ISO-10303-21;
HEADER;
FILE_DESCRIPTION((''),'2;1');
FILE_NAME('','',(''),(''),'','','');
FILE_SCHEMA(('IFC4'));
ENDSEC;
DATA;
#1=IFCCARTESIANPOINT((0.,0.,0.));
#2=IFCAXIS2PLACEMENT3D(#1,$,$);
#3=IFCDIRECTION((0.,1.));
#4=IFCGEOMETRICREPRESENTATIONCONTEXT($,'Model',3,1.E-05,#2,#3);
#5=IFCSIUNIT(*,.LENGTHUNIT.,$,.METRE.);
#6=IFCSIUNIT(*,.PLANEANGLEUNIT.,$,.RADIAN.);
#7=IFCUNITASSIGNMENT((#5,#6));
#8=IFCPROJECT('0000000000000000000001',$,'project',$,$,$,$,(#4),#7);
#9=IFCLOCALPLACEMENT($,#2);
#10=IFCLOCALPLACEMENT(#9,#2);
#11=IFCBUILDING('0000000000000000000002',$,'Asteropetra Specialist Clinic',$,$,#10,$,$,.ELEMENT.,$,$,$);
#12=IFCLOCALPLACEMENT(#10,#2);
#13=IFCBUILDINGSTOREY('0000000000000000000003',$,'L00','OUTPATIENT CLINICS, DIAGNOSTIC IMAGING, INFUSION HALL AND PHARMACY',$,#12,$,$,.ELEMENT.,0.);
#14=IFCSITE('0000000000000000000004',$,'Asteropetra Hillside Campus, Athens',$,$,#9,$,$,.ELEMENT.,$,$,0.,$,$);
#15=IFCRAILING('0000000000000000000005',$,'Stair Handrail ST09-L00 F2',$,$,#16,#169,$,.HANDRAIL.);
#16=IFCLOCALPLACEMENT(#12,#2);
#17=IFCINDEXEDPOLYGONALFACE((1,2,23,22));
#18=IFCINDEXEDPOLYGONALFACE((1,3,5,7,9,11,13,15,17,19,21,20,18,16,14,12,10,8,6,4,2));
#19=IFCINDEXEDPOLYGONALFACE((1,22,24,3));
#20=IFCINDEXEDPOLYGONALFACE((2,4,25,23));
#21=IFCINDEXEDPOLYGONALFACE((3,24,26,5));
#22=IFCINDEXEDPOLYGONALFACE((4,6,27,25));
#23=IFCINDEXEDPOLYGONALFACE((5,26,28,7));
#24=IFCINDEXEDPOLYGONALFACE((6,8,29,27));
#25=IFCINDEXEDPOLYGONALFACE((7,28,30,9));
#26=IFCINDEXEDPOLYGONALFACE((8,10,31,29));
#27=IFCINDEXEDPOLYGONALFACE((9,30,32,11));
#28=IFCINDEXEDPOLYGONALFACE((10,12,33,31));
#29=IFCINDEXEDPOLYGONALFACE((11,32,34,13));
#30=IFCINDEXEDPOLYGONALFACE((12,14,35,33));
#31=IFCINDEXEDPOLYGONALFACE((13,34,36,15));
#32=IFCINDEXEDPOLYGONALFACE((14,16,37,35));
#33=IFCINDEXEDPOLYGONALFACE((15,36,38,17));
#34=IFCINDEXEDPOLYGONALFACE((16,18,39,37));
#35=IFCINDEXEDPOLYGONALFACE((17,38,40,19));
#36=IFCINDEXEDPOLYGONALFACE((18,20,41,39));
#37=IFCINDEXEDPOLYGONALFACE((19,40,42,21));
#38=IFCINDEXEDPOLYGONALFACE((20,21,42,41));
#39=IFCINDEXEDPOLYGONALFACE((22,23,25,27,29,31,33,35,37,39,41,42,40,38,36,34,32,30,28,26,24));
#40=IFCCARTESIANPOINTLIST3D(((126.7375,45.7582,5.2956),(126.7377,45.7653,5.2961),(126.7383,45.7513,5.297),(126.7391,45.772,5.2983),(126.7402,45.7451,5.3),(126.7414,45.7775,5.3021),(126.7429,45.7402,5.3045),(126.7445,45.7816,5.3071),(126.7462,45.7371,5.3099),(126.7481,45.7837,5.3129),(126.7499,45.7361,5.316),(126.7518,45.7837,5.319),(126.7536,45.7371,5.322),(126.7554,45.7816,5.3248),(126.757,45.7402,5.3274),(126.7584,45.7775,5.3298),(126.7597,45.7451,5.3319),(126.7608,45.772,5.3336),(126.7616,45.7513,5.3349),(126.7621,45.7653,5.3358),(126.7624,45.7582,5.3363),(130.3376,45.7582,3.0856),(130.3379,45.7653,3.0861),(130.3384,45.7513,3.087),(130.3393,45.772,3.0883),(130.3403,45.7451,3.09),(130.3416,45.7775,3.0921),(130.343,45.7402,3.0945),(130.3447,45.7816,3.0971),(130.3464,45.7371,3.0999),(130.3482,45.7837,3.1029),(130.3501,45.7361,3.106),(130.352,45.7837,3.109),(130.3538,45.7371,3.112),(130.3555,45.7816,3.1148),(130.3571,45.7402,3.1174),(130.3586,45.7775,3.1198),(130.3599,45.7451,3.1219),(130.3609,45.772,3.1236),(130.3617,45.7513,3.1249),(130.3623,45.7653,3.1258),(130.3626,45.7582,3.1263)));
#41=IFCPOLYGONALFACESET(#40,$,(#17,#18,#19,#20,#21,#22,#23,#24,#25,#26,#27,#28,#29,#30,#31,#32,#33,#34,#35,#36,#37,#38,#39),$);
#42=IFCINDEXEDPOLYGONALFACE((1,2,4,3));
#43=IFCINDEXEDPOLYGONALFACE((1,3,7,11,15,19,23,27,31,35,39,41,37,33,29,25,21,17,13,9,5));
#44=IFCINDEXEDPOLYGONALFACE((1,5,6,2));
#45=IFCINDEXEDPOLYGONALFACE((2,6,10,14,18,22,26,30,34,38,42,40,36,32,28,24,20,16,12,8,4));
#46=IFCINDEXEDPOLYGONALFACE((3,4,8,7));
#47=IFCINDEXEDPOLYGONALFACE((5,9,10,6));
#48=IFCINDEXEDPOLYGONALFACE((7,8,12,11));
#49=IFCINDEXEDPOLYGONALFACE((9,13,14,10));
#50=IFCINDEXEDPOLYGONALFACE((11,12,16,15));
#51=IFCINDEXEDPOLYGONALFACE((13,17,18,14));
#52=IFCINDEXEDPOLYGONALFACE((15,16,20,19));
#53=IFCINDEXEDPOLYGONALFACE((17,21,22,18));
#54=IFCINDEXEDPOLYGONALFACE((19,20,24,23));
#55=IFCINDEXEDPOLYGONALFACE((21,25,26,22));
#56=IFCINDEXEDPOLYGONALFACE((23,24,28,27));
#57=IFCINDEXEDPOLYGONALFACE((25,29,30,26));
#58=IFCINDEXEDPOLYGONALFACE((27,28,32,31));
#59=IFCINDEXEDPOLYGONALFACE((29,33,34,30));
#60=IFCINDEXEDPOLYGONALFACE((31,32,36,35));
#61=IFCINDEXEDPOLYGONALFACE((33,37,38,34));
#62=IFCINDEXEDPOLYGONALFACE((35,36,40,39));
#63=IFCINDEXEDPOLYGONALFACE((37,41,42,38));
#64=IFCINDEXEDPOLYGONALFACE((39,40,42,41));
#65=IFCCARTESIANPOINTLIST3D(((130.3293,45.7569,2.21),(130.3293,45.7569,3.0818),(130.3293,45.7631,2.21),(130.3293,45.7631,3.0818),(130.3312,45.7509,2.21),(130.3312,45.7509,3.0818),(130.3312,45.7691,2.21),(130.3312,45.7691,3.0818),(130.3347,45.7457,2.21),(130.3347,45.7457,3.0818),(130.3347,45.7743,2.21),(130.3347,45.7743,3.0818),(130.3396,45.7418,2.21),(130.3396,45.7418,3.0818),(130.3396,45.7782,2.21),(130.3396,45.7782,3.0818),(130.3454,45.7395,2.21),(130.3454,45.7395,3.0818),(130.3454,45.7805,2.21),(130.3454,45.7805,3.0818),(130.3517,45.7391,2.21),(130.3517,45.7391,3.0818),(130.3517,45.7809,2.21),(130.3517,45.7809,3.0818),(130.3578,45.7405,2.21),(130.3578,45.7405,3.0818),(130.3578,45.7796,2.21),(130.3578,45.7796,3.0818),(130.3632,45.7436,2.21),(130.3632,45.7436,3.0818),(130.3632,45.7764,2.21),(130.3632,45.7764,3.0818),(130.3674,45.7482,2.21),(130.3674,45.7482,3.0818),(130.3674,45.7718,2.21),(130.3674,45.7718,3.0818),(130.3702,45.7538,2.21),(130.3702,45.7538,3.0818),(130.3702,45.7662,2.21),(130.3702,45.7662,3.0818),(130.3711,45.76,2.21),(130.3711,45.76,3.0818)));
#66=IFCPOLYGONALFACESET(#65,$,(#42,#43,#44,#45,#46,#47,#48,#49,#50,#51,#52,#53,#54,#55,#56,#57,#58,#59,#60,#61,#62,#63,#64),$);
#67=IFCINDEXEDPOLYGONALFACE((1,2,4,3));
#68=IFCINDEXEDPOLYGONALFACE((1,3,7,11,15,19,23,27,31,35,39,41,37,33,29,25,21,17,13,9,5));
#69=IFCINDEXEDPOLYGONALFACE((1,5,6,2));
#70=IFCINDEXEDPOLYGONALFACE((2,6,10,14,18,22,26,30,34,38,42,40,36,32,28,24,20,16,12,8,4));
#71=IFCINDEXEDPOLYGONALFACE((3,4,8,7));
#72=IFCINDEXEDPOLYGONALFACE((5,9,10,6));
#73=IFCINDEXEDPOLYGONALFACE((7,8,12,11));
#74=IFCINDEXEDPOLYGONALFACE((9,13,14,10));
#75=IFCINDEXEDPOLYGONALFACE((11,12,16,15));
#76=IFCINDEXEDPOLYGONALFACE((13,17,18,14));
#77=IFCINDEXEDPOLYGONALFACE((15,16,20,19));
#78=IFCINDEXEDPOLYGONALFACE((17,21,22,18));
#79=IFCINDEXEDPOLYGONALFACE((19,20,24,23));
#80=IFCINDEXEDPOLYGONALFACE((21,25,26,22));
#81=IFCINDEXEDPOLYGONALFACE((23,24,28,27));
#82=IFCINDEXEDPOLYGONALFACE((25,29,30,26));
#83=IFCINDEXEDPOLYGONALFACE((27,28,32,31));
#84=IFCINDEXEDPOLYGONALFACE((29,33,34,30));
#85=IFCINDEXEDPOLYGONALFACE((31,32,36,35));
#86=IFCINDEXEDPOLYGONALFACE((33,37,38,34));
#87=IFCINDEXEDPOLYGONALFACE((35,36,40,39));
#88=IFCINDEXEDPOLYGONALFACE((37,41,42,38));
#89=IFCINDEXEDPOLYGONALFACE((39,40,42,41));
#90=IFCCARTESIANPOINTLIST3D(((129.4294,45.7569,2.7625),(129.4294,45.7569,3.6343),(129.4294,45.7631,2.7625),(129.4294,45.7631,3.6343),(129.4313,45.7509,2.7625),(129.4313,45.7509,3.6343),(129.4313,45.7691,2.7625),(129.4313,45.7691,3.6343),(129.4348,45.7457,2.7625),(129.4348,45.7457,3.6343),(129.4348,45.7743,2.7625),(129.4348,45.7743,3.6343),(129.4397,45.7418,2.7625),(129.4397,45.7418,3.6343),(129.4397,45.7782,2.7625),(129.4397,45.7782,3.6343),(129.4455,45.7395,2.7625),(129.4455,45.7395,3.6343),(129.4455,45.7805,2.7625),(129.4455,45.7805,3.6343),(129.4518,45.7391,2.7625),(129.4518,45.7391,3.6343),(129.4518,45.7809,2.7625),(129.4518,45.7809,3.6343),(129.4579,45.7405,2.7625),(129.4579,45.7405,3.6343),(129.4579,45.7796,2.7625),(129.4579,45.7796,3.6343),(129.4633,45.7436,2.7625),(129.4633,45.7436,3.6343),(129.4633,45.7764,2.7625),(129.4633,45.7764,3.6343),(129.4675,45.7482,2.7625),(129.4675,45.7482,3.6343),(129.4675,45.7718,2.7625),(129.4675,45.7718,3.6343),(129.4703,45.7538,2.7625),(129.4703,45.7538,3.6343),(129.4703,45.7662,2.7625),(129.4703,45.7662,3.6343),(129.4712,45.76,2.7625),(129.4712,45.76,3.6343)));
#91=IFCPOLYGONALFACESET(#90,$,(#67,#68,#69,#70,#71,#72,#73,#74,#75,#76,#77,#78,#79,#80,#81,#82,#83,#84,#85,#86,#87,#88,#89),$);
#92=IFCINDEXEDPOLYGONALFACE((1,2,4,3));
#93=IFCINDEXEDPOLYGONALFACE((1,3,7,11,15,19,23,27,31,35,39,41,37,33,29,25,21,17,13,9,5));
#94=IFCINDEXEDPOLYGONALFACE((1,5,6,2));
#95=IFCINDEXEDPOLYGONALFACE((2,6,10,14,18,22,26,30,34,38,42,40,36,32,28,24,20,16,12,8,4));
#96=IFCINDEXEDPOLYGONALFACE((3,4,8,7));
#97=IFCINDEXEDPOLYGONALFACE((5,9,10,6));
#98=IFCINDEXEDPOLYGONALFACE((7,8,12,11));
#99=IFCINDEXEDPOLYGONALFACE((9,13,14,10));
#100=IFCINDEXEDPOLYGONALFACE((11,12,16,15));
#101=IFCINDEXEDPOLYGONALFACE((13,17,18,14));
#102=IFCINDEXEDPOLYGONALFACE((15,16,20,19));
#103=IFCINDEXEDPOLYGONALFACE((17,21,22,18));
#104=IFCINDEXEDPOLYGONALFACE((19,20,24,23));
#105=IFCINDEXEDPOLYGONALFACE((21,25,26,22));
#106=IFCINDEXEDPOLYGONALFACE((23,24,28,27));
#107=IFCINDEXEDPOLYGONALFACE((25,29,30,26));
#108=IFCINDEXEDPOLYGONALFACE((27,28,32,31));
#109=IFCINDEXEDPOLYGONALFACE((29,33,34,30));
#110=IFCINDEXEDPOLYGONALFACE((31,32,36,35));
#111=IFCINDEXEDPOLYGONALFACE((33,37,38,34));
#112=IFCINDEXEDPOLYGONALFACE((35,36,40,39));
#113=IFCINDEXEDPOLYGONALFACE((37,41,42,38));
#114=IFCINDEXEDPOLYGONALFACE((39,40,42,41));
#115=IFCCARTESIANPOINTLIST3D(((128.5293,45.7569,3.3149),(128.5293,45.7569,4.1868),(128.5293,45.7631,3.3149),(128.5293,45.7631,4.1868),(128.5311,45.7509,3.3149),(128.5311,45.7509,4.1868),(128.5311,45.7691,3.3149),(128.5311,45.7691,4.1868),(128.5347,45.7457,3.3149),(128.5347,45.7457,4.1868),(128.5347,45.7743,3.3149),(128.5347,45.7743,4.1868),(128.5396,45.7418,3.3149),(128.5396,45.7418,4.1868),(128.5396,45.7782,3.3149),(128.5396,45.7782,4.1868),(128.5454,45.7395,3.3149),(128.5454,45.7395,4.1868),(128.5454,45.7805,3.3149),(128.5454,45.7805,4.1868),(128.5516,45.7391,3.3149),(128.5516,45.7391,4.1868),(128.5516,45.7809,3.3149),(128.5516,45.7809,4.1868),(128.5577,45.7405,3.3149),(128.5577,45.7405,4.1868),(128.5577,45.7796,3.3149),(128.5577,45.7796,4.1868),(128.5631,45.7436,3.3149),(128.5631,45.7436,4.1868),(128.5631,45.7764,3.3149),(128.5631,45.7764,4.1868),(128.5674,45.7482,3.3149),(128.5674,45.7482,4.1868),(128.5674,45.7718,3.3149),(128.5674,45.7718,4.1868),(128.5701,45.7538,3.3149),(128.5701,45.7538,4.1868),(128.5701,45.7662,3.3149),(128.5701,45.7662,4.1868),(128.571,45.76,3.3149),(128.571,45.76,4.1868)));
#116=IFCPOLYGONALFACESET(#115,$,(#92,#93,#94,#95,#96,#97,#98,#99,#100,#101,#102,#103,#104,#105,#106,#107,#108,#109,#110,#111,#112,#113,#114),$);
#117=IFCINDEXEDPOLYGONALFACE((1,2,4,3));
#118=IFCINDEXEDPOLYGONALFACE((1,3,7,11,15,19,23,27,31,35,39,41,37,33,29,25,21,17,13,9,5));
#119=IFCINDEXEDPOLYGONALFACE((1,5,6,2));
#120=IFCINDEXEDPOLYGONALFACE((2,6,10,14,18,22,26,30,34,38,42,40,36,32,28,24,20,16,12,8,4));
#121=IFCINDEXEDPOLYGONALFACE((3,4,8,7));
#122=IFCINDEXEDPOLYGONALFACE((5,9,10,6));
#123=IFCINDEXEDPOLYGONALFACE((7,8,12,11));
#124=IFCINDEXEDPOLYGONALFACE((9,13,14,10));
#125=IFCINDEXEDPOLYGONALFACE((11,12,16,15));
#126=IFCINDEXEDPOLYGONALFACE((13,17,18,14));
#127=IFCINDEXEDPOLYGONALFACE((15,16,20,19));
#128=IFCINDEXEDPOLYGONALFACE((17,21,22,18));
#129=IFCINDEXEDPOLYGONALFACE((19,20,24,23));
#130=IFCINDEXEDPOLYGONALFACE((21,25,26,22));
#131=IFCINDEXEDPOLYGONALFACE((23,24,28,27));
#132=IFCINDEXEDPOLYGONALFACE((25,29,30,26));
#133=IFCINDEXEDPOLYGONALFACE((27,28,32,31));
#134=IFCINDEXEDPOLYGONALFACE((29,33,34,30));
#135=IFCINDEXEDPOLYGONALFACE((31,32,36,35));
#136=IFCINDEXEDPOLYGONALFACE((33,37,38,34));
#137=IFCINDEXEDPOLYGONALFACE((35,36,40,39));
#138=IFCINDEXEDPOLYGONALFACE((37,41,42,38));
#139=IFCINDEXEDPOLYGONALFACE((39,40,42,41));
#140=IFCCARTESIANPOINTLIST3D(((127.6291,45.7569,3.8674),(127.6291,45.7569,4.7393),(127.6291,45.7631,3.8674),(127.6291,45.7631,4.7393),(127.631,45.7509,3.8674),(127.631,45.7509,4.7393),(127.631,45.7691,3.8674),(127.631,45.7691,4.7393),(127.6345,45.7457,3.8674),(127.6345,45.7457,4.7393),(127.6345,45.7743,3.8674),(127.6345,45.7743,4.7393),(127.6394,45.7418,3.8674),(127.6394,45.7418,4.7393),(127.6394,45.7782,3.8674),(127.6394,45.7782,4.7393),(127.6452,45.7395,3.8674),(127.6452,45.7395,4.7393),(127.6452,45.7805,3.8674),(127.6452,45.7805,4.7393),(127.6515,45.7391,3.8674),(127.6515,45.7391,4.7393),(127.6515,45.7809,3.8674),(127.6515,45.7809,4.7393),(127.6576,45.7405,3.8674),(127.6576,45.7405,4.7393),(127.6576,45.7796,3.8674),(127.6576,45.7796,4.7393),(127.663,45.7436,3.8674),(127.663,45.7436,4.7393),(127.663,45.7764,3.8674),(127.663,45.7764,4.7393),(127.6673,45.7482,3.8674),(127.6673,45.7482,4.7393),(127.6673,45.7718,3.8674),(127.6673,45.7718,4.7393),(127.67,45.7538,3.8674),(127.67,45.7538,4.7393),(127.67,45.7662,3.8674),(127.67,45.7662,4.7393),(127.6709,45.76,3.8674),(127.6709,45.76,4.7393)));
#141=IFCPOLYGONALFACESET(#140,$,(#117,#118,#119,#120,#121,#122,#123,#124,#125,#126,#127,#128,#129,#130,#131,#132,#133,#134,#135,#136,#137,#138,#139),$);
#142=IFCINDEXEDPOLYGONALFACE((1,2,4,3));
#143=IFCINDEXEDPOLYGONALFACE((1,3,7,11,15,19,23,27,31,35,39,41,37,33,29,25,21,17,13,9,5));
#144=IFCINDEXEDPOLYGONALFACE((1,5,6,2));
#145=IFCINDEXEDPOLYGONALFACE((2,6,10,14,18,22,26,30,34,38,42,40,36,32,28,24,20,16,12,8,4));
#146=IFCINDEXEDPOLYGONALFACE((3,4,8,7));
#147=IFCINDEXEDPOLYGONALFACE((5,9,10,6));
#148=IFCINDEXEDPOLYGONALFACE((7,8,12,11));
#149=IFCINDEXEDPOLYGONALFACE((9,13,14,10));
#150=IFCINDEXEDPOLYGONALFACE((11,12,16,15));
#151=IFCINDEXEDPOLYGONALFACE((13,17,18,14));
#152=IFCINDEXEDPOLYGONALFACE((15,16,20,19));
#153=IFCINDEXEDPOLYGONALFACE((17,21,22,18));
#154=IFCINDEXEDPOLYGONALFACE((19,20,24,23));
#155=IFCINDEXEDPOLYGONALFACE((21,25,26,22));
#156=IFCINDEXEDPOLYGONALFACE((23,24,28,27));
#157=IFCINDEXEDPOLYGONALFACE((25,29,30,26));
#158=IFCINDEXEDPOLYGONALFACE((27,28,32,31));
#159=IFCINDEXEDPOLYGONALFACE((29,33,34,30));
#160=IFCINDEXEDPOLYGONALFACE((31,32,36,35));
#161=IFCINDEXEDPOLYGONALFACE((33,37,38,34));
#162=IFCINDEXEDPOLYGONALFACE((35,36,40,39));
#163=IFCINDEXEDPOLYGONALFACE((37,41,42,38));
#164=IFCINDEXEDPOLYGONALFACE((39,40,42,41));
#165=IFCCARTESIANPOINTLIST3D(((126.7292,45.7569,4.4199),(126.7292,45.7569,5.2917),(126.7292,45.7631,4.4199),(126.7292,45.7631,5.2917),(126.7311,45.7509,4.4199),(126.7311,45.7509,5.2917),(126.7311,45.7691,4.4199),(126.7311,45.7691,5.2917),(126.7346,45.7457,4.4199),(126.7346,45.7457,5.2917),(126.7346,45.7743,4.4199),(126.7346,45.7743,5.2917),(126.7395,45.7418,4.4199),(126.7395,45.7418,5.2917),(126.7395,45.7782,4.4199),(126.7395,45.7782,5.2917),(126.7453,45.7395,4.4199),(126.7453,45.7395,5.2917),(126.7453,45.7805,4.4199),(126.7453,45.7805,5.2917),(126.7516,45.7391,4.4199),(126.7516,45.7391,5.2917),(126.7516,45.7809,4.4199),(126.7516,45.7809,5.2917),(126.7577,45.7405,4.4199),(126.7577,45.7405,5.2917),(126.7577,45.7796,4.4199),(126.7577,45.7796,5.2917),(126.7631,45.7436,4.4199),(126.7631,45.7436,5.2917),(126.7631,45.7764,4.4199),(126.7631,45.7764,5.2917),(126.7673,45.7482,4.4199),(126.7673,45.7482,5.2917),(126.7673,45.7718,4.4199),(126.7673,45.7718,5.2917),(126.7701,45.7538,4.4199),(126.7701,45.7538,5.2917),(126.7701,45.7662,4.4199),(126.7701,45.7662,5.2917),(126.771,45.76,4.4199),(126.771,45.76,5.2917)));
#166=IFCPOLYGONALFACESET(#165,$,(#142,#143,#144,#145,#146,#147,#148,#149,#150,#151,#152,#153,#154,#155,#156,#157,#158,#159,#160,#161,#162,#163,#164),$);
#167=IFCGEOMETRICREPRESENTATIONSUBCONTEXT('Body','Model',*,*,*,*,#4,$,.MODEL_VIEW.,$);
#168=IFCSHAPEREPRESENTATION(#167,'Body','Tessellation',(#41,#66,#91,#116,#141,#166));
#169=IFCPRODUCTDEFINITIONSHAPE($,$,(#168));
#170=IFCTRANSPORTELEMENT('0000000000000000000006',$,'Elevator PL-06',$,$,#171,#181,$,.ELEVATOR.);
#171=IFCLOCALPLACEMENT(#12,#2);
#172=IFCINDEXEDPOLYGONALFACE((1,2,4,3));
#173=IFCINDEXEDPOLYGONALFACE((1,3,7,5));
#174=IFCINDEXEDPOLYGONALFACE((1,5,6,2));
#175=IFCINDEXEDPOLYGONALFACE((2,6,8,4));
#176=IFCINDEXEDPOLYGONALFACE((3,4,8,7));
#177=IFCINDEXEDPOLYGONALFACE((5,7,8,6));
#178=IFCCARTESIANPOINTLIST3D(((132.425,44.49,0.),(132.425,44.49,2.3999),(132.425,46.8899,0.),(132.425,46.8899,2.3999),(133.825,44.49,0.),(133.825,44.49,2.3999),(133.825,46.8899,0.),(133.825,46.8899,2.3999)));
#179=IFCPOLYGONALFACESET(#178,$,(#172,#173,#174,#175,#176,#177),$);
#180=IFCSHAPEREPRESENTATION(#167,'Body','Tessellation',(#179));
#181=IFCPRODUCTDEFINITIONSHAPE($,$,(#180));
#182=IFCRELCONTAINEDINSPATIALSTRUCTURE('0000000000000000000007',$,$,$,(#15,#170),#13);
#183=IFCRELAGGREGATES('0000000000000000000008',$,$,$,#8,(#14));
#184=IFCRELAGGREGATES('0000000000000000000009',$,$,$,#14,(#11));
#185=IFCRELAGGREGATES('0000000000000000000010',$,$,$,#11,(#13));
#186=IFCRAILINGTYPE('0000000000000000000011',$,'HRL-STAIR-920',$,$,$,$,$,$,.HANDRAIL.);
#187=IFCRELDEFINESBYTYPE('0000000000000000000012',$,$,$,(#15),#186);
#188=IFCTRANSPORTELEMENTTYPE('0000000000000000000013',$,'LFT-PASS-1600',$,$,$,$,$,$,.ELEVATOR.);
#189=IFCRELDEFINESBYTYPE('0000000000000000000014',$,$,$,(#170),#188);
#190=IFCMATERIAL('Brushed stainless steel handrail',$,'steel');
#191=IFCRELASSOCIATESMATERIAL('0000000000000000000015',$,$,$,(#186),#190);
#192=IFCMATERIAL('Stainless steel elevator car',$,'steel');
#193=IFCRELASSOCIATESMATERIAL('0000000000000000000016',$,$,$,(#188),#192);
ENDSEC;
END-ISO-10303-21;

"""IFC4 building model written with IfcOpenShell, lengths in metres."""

from ifc_helpers import new_model, si_unit, direction, frame, origin, origin_2d, place, context, subcontext, project, spatial, rectangle, circle, extrude, material, type_object, element, save


model = new_model("IFC4")

# Units and contexts
model_context = context("Model", 3, precision=1e-05, world=origin(), true_north=direction((0.0, 1.0)))
body_context = subcontext(model_context, "Body", "Model", "MODEL_VIEW")
ifc_project = project(units=[si_unit("LENGTHUNIT", "METRE"), si_unit("PLANEANGLEUNIT", "RADIAN")], contexts=[model_context])

# Site, building, storey
site_placement = place(None, origin())
site = spatial("IfcSite", under=ifc_project, at=site_placement, Name="Asteropetra Hillside Campus, Athens", CompositionType="ELEMENT", RefElevation=0.0)
building_placement = place(site_placement, origin())
building = spatial("IfcBuilding", under=site, at=building_placement, Name="Asteropetra Specialist Clinic", CompositionType="ELEMENT")
storey_placement = place(building_placement, origin())
storey = spatial("IfcBuildingStorey", under=building, at=storey_placement, Name="L00", Description="OUTPATIENT CLINICS, DIAGNOSTIC IMAGING, INFUSION HALL AND PHARMACY", CompositionType="ELEMENT", Elevation=0.0)

# Railing
ifc_material_1 = material(Name="Brushed stainless steel handrail", Category="steel")
railing_type_1 = type_object("IfcRailingType", Name="HRL-STAIR-920", PredefinedType="HANDRAIL", material=ifc_material_1)
railing_1_placement = place(storey_placement, frame((130.3501, 45.76, 2.21)))
element("IfcRailing", 1, at=railing_1_placement, inside=storey, type_object=railing_type_1, Name="Stair Handrail ST09-L00 F2", PredefinedType="HANDRAIL", context=body_context, shape_type="SweptSolid", body=[
    extrude(circle(Radius=0.0239, at=origin_2d()), frame((0.0, 0.0, 0.896), z_axis=(-0.852237, 0.0, 0.523156), x_axis=(0.0, -1.0, 0.0)), (0.0, 0.0, 1.0), 4.2244),
    extrude(circle(Radius=0.021, at=origin_2d()), origin(), (0.0, 0.0, 1.0), 0.8718),
    extrude(circle(Radius=0.021, at=origin_2d()), frame((-0.8999, 0.0, 0.5525)), (0.0, 0.0, 1.0), 0.8718),
    extrude(circle(Radius=0.021, at=origin_2d()), frame((-1.8, 0.0, 1.105)), (0.0, 0.0, 1.0), 0.8718),
    extrude(circle(Radius=0.021, at=origin_2d()), frame((-2.7002, 0.0, 1.6575)), (0.0, 0.0, 1.0), 0.8718),
    extrude(circle(Radius=0.021, at=origin_2d()), frame((-3.6001, 0.0, 2.21)), (0.0, 0.0, 1.0), 0.8718),
])

# Transport element
ifc_material_2 = material(Name="Stainless steel elevator car", Category="steel")
transport_element_type = type_object("IfcTransportElementType", Name="LFT-PASS-1600", PredefinedType="ELEVATOR", material=ifc_material_2)
transport_element_placement = place(storey_placement, frame((133.125, 45.6899, 0.0), z_axis=(0.0, 0.0, 1.0), x_axis=(1.0, 0.0, 0.0)))
element("IfcTransportElement", 2, at=transport_element_placement, inside=storey, type_object=transport_element_type, Name="Elevator PL-06", PredefinedType="ELEVATOR", context=body_context, shape_type="SweptSolid", body=[
    extrude(rectangle(XDim=1.3999, YDim=2.3999, at=origin_2d()), origin(), (0.0, 0.0, 1.0), 2.3999),
])

save(model, "model.ifc")
